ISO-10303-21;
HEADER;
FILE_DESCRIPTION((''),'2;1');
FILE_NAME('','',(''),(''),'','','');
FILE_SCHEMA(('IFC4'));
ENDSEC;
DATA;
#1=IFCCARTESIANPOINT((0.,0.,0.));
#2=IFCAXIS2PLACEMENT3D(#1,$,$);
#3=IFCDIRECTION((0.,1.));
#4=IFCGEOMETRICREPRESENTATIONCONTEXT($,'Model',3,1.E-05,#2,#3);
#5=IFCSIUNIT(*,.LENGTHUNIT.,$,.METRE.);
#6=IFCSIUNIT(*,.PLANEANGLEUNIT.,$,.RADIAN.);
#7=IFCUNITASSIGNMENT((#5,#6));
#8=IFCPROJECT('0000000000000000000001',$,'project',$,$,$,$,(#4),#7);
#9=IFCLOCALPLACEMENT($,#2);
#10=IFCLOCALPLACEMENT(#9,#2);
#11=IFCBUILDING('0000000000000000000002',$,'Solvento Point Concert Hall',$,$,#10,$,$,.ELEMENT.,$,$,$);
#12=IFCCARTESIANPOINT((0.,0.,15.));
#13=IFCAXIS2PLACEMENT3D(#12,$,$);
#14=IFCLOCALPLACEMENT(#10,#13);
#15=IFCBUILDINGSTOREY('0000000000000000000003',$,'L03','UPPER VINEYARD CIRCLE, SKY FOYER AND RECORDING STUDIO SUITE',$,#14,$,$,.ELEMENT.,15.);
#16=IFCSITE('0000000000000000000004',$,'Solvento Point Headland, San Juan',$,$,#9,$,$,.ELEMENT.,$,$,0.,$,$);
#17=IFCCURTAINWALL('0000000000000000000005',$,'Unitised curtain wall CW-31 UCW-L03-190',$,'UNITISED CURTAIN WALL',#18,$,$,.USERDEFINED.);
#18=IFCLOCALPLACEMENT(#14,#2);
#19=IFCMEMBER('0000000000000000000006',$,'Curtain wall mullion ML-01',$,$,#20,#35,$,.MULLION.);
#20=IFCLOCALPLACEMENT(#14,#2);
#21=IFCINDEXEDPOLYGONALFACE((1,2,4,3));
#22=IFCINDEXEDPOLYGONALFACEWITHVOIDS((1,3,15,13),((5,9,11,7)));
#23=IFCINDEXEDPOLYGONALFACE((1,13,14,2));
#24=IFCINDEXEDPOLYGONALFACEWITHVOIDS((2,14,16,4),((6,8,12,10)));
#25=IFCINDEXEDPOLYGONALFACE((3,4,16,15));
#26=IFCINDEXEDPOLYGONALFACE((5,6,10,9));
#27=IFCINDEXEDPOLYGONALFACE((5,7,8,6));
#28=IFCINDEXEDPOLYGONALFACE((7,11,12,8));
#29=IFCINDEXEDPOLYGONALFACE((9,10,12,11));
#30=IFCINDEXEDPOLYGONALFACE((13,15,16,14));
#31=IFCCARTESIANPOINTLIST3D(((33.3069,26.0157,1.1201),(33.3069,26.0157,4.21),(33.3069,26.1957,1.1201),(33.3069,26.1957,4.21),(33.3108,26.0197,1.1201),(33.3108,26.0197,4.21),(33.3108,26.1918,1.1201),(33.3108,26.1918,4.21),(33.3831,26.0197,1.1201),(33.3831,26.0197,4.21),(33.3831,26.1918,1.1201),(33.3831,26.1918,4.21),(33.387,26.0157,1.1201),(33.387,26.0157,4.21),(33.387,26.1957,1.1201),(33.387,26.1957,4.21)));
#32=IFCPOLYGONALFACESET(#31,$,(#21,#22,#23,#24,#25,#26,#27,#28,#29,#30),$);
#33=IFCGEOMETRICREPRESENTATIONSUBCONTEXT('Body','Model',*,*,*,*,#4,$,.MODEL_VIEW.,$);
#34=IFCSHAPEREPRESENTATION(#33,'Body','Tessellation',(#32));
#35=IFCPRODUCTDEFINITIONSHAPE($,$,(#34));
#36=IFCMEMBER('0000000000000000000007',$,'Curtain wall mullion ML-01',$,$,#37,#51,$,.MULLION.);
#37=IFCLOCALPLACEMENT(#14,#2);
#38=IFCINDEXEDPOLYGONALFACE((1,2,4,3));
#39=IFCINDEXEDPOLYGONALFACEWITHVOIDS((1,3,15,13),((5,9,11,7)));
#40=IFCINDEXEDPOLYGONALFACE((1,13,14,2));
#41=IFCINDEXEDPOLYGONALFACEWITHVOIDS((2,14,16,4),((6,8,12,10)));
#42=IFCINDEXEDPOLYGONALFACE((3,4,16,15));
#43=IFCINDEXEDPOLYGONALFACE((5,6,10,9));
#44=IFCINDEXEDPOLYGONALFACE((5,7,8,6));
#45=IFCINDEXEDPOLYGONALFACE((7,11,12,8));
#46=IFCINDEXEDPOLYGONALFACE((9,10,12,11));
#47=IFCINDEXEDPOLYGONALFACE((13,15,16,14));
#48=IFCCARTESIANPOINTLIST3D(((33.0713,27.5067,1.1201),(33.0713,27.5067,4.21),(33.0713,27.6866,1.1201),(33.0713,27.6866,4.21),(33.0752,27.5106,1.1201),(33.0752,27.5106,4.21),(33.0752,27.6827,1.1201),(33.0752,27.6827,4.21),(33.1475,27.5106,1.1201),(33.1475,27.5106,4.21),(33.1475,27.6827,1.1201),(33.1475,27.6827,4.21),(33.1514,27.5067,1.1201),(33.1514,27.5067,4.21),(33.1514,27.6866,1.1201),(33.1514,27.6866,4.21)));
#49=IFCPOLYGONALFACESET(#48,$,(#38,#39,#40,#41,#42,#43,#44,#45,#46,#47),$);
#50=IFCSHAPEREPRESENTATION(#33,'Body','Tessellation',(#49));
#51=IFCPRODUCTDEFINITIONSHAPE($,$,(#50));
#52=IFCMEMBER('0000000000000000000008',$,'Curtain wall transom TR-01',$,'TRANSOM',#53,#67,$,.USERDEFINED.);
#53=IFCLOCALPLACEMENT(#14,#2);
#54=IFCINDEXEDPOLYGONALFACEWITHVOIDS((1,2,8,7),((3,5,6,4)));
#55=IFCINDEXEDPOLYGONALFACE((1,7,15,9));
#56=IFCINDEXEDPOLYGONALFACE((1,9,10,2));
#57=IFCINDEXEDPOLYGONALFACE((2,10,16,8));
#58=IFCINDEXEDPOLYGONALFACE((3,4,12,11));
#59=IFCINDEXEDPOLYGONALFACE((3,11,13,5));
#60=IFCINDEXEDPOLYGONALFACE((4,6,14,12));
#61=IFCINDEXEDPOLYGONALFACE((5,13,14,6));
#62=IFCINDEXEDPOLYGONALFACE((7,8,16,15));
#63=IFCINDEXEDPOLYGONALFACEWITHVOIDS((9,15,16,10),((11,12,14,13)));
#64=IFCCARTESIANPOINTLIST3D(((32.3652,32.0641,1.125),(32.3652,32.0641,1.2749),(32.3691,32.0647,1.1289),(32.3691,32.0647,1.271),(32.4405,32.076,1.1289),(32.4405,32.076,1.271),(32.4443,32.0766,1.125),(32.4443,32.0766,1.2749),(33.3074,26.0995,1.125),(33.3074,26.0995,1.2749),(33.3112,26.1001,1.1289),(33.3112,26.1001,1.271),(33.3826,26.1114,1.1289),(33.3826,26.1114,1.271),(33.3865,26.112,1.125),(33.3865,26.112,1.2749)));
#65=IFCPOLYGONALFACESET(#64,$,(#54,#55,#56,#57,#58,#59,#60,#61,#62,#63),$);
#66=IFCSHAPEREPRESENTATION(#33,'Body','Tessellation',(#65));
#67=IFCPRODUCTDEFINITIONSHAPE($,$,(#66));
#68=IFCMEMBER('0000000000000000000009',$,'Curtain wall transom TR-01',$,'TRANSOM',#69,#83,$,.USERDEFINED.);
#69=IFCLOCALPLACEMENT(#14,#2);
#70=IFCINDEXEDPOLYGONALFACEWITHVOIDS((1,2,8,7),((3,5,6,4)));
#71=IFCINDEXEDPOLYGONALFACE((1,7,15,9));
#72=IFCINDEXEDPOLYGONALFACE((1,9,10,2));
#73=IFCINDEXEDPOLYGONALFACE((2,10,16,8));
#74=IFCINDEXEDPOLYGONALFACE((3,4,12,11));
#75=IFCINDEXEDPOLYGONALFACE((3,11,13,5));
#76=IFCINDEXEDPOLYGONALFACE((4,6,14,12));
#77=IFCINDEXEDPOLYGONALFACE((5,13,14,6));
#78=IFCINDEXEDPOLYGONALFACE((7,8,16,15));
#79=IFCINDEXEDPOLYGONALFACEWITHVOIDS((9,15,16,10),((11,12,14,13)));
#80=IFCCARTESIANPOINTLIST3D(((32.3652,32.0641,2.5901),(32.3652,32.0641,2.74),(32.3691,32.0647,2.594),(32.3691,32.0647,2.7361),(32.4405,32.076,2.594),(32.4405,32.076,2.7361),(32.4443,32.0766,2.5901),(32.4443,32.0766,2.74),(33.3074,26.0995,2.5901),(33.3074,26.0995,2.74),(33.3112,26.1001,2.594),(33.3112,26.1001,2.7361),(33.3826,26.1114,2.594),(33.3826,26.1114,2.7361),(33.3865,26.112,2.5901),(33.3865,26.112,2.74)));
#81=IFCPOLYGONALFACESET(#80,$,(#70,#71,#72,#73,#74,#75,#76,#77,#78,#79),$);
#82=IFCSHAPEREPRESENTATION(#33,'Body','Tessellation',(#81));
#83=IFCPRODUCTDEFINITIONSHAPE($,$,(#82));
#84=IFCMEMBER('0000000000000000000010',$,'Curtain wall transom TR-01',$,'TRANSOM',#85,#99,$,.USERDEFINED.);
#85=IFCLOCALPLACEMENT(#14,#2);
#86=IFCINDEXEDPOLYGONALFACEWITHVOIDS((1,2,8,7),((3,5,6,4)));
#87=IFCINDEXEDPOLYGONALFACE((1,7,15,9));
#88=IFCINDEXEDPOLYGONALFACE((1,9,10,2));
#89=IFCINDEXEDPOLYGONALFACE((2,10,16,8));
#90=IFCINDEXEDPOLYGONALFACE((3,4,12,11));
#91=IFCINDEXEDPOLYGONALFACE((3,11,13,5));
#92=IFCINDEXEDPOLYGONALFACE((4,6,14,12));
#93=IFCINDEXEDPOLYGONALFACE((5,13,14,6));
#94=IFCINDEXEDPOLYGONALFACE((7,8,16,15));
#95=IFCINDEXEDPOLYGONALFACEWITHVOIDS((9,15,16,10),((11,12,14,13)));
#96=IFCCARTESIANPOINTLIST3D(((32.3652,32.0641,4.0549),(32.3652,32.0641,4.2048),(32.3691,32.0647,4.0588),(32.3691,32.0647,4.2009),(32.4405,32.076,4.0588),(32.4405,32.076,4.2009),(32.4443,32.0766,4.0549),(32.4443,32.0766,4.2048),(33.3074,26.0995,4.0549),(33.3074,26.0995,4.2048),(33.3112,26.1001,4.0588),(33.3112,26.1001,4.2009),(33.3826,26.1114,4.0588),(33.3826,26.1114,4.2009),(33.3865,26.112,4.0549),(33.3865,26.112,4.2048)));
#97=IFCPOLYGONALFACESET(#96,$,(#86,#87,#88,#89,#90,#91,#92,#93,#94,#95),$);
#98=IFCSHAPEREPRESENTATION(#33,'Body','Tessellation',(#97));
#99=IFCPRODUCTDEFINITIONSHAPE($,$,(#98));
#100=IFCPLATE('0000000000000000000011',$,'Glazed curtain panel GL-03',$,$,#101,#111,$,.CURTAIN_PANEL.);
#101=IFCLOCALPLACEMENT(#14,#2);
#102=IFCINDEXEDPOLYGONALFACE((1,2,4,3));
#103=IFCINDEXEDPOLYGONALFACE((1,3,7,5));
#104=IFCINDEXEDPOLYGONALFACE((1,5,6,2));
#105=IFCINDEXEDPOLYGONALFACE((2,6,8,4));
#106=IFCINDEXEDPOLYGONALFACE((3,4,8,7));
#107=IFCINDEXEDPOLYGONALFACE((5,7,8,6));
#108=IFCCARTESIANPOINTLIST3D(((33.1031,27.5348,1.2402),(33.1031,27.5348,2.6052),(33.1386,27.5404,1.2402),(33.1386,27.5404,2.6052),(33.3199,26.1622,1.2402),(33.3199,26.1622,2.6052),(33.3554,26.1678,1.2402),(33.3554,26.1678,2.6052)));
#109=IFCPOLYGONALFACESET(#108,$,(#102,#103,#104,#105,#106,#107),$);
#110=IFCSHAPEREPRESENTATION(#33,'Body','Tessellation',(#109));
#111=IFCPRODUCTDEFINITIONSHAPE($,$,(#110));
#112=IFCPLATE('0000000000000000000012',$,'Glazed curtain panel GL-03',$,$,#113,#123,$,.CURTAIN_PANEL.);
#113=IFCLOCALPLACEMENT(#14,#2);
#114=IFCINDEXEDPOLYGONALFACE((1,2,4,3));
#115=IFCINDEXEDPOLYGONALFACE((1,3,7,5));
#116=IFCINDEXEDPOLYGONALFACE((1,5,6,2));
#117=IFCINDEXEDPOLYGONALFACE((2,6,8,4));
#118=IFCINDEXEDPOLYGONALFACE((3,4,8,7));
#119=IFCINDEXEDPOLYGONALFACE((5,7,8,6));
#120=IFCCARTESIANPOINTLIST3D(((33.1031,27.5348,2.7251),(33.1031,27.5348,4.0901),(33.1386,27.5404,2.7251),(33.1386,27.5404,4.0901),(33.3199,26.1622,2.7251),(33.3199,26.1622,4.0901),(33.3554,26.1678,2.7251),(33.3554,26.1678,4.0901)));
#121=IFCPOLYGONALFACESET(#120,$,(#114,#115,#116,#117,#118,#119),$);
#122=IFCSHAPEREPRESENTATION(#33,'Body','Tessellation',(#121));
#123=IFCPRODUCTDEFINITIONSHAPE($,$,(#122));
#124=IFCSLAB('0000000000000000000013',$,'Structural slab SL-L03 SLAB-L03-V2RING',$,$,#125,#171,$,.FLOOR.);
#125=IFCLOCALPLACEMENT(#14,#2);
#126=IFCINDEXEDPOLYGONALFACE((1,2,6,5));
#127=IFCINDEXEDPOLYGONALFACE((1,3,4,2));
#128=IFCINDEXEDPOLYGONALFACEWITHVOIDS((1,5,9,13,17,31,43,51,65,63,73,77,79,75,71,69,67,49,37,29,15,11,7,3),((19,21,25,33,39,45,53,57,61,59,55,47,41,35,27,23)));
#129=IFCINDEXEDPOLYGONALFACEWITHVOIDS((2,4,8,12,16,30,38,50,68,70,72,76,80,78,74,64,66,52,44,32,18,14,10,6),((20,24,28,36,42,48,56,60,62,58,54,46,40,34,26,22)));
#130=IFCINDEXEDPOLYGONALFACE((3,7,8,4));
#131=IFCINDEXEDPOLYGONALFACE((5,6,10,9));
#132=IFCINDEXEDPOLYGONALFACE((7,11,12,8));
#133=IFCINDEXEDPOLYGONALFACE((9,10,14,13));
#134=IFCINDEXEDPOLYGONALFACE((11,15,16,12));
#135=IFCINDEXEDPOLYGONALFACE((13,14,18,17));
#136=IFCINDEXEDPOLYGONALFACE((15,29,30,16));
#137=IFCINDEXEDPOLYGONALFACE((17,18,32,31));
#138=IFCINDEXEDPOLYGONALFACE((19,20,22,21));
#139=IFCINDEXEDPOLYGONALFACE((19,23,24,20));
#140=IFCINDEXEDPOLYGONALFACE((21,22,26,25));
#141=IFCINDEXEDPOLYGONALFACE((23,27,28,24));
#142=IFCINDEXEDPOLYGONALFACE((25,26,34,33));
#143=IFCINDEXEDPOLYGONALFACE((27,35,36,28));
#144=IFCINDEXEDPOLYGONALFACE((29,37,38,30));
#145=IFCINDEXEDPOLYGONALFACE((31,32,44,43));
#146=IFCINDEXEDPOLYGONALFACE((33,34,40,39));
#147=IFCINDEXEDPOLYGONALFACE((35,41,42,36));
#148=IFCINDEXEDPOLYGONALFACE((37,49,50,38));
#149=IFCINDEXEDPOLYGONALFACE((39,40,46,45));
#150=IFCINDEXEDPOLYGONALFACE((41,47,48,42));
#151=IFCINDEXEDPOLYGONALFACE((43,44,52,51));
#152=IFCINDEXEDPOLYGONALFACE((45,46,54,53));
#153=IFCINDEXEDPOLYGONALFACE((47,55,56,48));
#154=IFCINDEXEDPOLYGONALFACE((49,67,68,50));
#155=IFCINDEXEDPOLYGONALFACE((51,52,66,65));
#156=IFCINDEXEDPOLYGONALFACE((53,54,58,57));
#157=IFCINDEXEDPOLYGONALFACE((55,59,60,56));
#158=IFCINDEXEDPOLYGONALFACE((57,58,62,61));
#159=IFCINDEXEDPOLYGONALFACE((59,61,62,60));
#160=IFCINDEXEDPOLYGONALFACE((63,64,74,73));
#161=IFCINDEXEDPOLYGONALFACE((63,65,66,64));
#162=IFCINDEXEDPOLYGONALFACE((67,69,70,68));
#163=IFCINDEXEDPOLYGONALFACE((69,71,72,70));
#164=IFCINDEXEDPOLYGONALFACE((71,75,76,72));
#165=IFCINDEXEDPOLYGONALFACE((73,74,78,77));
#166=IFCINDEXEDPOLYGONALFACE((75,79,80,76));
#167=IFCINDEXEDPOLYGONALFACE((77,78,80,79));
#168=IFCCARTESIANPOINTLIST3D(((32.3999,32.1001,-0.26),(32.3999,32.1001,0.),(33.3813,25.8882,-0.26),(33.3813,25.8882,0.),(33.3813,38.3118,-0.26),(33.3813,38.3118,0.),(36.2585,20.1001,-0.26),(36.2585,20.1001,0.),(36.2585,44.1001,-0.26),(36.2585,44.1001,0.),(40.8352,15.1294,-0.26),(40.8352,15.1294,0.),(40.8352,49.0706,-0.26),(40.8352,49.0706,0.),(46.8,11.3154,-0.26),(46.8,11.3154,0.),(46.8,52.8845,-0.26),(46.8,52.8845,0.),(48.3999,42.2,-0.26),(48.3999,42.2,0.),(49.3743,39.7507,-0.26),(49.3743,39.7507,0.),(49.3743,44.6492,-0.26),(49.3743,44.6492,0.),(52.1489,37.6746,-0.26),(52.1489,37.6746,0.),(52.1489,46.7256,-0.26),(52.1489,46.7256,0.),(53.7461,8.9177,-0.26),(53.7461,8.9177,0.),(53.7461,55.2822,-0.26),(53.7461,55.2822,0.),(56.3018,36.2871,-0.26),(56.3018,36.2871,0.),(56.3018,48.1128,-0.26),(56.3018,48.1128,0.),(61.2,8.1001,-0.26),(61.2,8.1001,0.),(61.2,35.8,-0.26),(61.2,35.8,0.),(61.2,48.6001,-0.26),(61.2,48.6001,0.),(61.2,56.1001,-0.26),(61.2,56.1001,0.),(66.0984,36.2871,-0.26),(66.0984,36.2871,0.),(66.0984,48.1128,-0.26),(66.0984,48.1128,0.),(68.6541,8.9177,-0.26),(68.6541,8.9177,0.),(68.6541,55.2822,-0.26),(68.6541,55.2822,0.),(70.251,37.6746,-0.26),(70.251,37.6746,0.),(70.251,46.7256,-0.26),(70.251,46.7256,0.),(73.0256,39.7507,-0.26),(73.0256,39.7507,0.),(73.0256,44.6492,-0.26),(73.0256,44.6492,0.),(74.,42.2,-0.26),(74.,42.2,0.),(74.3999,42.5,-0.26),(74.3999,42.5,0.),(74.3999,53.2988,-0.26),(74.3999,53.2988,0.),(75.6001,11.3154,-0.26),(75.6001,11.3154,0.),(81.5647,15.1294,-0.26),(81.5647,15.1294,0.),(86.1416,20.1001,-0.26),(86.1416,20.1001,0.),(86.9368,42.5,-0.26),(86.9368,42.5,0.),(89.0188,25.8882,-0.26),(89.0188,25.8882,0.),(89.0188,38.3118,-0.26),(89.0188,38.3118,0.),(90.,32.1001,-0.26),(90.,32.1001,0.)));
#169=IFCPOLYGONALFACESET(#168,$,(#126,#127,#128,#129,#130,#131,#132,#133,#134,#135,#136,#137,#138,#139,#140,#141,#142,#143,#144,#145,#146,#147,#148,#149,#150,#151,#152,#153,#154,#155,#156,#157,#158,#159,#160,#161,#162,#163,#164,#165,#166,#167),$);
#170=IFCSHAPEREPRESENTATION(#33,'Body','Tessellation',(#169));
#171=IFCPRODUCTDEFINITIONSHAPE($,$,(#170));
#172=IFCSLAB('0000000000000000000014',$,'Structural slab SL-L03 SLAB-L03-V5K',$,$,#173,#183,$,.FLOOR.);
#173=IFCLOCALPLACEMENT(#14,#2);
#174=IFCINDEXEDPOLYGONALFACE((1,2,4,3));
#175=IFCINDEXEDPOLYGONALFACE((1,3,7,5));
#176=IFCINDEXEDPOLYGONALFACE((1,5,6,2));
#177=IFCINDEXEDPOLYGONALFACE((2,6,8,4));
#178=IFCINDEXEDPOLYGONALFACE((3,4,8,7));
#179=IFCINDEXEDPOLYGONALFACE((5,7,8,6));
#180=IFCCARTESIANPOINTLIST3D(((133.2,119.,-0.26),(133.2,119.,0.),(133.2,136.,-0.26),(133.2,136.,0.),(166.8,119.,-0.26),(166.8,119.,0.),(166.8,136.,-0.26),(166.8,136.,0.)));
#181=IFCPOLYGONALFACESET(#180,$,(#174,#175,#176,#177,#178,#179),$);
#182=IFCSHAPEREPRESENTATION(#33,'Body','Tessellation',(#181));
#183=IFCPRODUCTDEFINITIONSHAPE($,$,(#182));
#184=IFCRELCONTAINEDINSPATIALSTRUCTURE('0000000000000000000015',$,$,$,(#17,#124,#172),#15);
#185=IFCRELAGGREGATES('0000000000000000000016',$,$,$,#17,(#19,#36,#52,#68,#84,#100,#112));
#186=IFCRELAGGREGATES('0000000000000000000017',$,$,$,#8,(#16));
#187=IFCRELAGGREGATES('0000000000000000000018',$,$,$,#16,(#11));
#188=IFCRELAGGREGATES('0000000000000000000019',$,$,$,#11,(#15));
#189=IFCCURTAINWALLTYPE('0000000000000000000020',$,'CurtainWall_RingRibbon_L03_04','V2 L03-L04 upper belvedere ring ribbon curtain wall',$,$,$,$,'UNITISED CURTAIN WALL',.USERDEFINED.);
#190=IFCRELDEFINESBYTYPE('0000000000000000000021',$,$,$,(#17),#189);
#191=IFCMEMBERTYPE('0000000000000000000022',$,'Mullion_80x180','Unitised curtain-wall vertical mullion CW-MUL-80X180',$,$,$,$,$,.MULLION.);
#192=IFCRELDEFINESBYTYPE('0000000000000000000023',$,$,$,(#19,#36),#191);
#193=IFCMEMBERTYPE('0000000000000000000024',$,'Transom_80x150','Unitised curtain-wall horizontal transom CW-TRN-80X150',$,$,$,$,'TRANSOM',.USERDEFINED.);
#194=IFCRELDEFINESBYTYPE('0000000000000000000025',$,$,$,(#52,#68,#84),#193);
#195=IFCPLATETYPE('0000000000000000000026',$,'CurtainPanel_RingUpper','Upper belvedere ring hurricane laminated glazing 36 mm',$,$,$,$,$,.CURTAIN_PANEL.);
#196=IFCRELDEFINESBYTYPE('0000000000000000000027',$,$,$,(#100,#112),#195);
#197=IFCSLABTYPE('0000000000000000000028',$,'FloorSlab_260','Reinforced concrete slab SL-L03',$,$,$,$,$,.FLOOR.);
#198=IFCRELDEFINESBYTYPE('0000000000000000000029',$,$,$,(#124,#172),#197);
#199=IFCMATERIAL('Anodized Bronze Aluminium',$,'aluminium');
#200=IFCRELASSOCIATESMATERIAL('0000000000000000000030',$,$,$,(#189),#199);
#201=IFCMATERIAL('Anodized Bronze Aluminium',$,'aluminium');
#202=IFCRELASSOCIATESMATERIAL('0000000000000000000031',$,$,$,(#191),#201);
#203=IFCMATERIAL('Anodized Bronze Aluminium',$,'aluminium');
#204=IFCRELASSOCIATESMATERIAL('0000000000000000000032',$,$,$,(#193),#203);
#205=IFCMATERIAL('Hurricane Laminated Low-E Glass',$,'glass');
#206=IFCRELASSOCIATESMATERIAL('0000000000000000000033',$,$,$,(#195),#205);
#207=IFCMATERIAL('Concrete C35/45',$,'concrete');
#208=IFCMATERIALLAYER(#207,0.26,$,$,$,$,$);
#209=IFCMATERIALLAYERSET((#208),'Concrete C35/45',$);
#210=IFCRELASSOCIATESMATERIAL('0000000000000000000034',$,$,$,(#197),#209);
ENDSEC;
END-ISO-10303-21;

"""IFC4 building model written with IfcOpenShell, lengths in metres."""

from ifc_helpers import new_model, si_unit, direction, frame, origin, origin_2d, place, context, subcontext, project, spatial, polyline, rectangle, hollow_rectangle, outline, extrude, material, layer, layer_set, material_profile, profile_set, type_object, element, aggregate, save


model = new_model("IFC4")

# Units and contexts
model_context = context("Model", 3, precision=1e-05, world=origin(), true_north=direction((0.0, 1.0)))
body_context = subcontext(model_context, "Body", "Model", "MODEL_VIEW")
ifc_project = project(units=[si_unit("LENGTHUNIT", "METRE"), si_unit("PLANEANGLEUNIT", "RADIAN")], contexts=[model_context])

# Site, building, storey
site_placement = place(None, origin())
site = spatial("IfcSite", under=ifc_project, at=site_placement, Name="Solvento Point Headland, San Juan", CompositionType="ELEMENT", RefElevation=0.0)
building_placement = place(site_placement, origin())
building = spatial("IfcBuilding", under=site, at=building_placement, Name="Solvento Point Concert Hall", CompositionType="ELEMENT")
storey_placement = place(building_placement, frame((0.0, 0.0, 15.0)))
storey = spatial("IfcBuildingStorey", under=building, at=storey_placement, Name="L03", Description="UPPER VINEYARD CIRCLE, SKY FOYER AND RECORDING STUDIO SUITE", CompositionType="ELEMENT", Elevation=15.0)

# Curtain wall, members, plates
ifc_material_1 = material(Name="Anodized Bronze Aluminium", Category="aluminium")
curtain_wall_type = type_object("IfcCurtainWallType", Name="CurtainWall_RingRibbon_L03_04", Description="V2 L03-L04 upper belvedere ring ribbon curtain wall", ElementType="UNITISED CURTAIN WALL", PredefinedType="USERDEFINED", material=ifc_material_1)
curtain_wall_placement = place(storey_placement, origin())
curtain_wall = element("IfcCurtainWall", 1, at=curtain_wall_placement, inside=storey, type_object=curtain_wall_type, Name="Unitised curtain wall CW-31 UCW-L03-190", ObjectType="UNITISED CURTAIN WALL", PredefinedType="USERDEFINED")
ifc_material_2 = material(Name="Anodized Bronze Aluminium", Category="aluminium")
ifc_material_profile_1 = material_profile(ifc_material_2, hollow_rectangle(XDim=0.0801, YDim=0.1799, WallThickness=0.0039, at=origin_2d()), Name="CW-MUL-80X180")
ifc_profile_set_1 = profile_set([ifc_material_profile_1], Name="Anodized Bronze Aluminium")
member_type_1 = type_object("IfcMemberType", Name="Mullion_80x180", Description="Unitised curtain-wall vertical mullion CW-MUL-80X180", PredefinedType="MULLION", material=ifc_profile_set_1)
member_1_placement = place(storey_placement, frame((33.3469, 26.1057, 1.1201), z_axis=(0.0, 0.0, 1.0), x_axis=(1.0, 0.0, 0.0)))
member_1 = element("IfcMember", 2, at=member_1_placement, type_object=member_type_1, Name="Curtain wall mullion ML-01", PredefinedType="MULLION", context=body_context, shape_type="SweptSolid", body=[
    extrude(hollow_rectangle(XDim=0.0801, YDim=0.1799, WallThickness=0.0039, at=origin_2d()), origin(), (0.0, 0.0, 1.0), 3.0898),
])
member_2_placement = place(storey_placement, frame((33.1113, 27.5967, 1.1201), z_axis=(0.0, 0.0, 1.0), x_axis=(1.0, 0.0, 0.0)))
member_2 = element("IfcMember", 3, at=member_2_placement, type_object=member_type_1, Name="Curtain wall mullion ML-01", PredefinedType="MULLION", context=body_context, shape_type="SweptSolid", body=[
    extrude(hollow_rectangle(XDim=0.0801, YDim=0.1799, WallThickness=0.0039, at=origin_2d()), origin(), (0.0, 0.0, 1.0), 3.0898),
])
ifc_material_3 = material(Name="Anodized Bronze Aluminium", Category="aluminium")
ifc_material_profile_2 = material_profile(ifc_material_3, hollow_rectangle(XDim=0.0801, YDim=0.1499, WallThickness=0.0039, at=origin_2d()), Name="CW-TRN-80X150")
ifc_profile_set_2 = profile_set([ifc_material_profile_2], Name="Anodized Bronze Aluminium")
member_type_2 = type_object("IfcMemberType", Name="Transom_80x150", Description="Unitised curtain-wall horizontal transom CW-TRN-80X150", ElementType="TRANSOM", PredefinedType="USERDEFINED", material=ifc_profile_set_2)
member_3_placement = place(storey_placement, frame((33.3469, 26.1057, 1.2), z_axis=(-0.156021, 0.987754, 0.0), x_axis=(-0.987754, -0.156021, 0.0)))
member_3 = element("IfcMember", 4, at=member_3_placement, type_object=member_type_2, Name="Curtain wall transom TR-01", ObjectType="TRANSOM", PredefinedType="USERDEFINED", context=body_context, shape_type="SweptSolid", body=[
    extrude(hollow_rectangle(XDim=0.0801, YDim=0.1499, WallThickness=0.0039, at=origin_2d()), origin(), (0.0, 0.0, 1.0), 6.0386),
])
member_4_placement = place(storey_placement, frame((33.3469, 26.1057, 2.665), z_axis=(-0.156021, 0.987754, 0.0), x_axis=(-0.987754, -0.156021, 0.0)))
member_4 = element("IfcMember", 5, at=member_4_placement, type_object=member_type_2, Name="Curtain wall transom TR-01", ObjectType="TRANSOM", PredefinedType="USERDEFINED", context=body_context, shape_type="SweptSolid", body=[
    extrude(hollow_rectangle(XDim=0.0801, YDim=0.1499, WallThickness=0.0039, at=origin_2d()), origin(), (0.0, 0.0, 1.0), 6.0386),
])
member_5_placement = place(storey_placement, frame((33.3469, 26.1057, 4.1299), z_axis=(-0.156021, 0.987754, 0.0), x_axis=(-0.987754, -0.156021, 0.0)))
member_5 = element("IfcMember", 6, at=member_5_placement, type_object=member_type_2, Name="Curtain wall transom TR-01", ObjectType="TRANSOM", PredefinedType="USERDEFINED", context=body_context, shape_type="SweptSolid", body=[
    extrude(hollow_rectangle(XDim=0.0801, YDim=0.1499, WallThickness=0.0039, at=origin_2d()), origin(), (0.0, 0.0, 1.0), 6.0386),
])
ifc_material_4 = material(Name="Hurricane Laminated Low-E Glass", Category="glass")
plate_type = type_object("IfcPlateType", Name="CurtainPanel_RingUpper", Description="Upper belvedere ring hurricane laminated glazing 36 mm", PredefinedType="CURTAIN_PANEL", material=ifc_material_4)
plate_1_placement = place(storey_placement, frame((33.2292, 26.8513, 1.2402), z_axis=(0.0, 0.0, 1.0), x_axis=(-0.156041, 0.987751, 0.0)))
plate_1 = element("IfcPlate", 7, at=plate_1_placement, type_object=plate_type, Name="Glazed curtain panel GL-03", PredefinedType="CURTAIN_PANEL", context=body_context, shape_type="SweptSolid", body=[
    extrude(rectangle(XDim=1.3896, YDim=0.0359, at=origin_2d()), origin(), (0.0, 0.0, 1.0), 1.365),
])
plate_2_placement = place(storey_placement, frame((33.2292, 26.8513, 2.7251), z_axis=(0.0, 0.0, 1.0), x_axis=(-0.156041, 0.987751, 0.0)))
plate_2 = element("IfcPlate", 8, at=plate_2_placement, type_object=plate_type, Name="Glazed curtain panel GL-03", PredefinedType="CURTAIN_PANEL", context=body_context, shape_type="SweptSolid", body=[
    extrude(rectangle(XDim=1.3896, YDim=0.0359, at=origin_2d()), origin(), (0.0, 0.0, 1.0), 1.365),
])
aggregate(curtain_wall, [member_1, member_2, member_3, member_4, member_5, plate_1, plate_2])

# Slabs
ifc_material_5 = material(Name="Concrete C35/45", Category="concrete")
ifc_layer_1 = layer(ifc_material_5, 0.26)
ifc_layer_set_1 = layer_set([ifc_layer_1], Name="Concrete C35/45")
slab_type_1 = type_object("IfcSlabType", Name="FloorSlab_260", Description="Reinforced concrete slab SL-L03", PredefinedType="FLOOR", material=ifc_layer_set_1)
slab_1_placement = place(storey_placement, frame((0.0, 0.0, -0.26)))
element("IfcSlab", 9, at=slab_1_placement, inside=storey, type_object=slab_type_1, Name="Structural slab SL-L03 SLAB-L03-V2RING", PredefinedType="FLOOR", context=body_context, shape_type="SweptSolid", body=[
    extrude(outline(polyline([(81.5647, 15.1294), (75.6001, 11.3154), (68.6541, 8.9177), (61.2, 8.1001), (53.7461, 8.9177), (46.8, 11.3154), (40.8352, 15.1294), (36.2585, 20.1001), (33.3813, 25.8882), (32.3999, 32.1001), (33.3813, 38.3118), (36.2585, 44.1001), (40.8352, 49.0706), (46.8, 52.8845), (53.7461, 55.2822), (61.2, 56.1001), (68.6541, 55.2822), (74.3999, 53.2988), (74.3999, 42.5), (86.9368, 42.5), (89.0188, 38.3118), (90.0, 32.1001), (89.0188, 25.8882), (86.1416, 20.1001), (81.5647, 15.1294)]), holes=[polyline([(66.0984, 48.1128), (61.2, 48.6001), (56.3018, 48.1128), (52.1489, 46.7256), (49.3743, 44.6492), (48.3999, 42.2), (49.3743, 39.7507), (52.1489, 37.6746), (56.3018, 36.2871), (61.2, 35.8), (66.0984, 36.2871), (70.251, 37.6746), (73.0256, 39.7507), (74.0, 42.2), (73.0256, 44.6492), (70.251, 46.7256), (66.0984, 48.1128)])]), origin(), (0.0, 0.0, 1.0), 0.26),
])
slab_2_placement = place(storey_placement, frame((0.0, 0.0, -0.26)))
element("IfcSlab", 10, at=slab_2_placement, inside=storey, type_object=slab_type_1, Name="Structural slab SL-L03 SLAB-L03-V5K", PredefinedType="FLOOR", context=body_context, shape_type="SweptSolid", body=[
    extrude(outline(polyline([(133.2, 136.0), (166.8, 136.0), (166.8, 119.0), (133.2, 119.0), (133.2, 136.0)])), origin(), (0.0, 0.0, 1.0), 0.26),
])

save(model, "model.ifc")
